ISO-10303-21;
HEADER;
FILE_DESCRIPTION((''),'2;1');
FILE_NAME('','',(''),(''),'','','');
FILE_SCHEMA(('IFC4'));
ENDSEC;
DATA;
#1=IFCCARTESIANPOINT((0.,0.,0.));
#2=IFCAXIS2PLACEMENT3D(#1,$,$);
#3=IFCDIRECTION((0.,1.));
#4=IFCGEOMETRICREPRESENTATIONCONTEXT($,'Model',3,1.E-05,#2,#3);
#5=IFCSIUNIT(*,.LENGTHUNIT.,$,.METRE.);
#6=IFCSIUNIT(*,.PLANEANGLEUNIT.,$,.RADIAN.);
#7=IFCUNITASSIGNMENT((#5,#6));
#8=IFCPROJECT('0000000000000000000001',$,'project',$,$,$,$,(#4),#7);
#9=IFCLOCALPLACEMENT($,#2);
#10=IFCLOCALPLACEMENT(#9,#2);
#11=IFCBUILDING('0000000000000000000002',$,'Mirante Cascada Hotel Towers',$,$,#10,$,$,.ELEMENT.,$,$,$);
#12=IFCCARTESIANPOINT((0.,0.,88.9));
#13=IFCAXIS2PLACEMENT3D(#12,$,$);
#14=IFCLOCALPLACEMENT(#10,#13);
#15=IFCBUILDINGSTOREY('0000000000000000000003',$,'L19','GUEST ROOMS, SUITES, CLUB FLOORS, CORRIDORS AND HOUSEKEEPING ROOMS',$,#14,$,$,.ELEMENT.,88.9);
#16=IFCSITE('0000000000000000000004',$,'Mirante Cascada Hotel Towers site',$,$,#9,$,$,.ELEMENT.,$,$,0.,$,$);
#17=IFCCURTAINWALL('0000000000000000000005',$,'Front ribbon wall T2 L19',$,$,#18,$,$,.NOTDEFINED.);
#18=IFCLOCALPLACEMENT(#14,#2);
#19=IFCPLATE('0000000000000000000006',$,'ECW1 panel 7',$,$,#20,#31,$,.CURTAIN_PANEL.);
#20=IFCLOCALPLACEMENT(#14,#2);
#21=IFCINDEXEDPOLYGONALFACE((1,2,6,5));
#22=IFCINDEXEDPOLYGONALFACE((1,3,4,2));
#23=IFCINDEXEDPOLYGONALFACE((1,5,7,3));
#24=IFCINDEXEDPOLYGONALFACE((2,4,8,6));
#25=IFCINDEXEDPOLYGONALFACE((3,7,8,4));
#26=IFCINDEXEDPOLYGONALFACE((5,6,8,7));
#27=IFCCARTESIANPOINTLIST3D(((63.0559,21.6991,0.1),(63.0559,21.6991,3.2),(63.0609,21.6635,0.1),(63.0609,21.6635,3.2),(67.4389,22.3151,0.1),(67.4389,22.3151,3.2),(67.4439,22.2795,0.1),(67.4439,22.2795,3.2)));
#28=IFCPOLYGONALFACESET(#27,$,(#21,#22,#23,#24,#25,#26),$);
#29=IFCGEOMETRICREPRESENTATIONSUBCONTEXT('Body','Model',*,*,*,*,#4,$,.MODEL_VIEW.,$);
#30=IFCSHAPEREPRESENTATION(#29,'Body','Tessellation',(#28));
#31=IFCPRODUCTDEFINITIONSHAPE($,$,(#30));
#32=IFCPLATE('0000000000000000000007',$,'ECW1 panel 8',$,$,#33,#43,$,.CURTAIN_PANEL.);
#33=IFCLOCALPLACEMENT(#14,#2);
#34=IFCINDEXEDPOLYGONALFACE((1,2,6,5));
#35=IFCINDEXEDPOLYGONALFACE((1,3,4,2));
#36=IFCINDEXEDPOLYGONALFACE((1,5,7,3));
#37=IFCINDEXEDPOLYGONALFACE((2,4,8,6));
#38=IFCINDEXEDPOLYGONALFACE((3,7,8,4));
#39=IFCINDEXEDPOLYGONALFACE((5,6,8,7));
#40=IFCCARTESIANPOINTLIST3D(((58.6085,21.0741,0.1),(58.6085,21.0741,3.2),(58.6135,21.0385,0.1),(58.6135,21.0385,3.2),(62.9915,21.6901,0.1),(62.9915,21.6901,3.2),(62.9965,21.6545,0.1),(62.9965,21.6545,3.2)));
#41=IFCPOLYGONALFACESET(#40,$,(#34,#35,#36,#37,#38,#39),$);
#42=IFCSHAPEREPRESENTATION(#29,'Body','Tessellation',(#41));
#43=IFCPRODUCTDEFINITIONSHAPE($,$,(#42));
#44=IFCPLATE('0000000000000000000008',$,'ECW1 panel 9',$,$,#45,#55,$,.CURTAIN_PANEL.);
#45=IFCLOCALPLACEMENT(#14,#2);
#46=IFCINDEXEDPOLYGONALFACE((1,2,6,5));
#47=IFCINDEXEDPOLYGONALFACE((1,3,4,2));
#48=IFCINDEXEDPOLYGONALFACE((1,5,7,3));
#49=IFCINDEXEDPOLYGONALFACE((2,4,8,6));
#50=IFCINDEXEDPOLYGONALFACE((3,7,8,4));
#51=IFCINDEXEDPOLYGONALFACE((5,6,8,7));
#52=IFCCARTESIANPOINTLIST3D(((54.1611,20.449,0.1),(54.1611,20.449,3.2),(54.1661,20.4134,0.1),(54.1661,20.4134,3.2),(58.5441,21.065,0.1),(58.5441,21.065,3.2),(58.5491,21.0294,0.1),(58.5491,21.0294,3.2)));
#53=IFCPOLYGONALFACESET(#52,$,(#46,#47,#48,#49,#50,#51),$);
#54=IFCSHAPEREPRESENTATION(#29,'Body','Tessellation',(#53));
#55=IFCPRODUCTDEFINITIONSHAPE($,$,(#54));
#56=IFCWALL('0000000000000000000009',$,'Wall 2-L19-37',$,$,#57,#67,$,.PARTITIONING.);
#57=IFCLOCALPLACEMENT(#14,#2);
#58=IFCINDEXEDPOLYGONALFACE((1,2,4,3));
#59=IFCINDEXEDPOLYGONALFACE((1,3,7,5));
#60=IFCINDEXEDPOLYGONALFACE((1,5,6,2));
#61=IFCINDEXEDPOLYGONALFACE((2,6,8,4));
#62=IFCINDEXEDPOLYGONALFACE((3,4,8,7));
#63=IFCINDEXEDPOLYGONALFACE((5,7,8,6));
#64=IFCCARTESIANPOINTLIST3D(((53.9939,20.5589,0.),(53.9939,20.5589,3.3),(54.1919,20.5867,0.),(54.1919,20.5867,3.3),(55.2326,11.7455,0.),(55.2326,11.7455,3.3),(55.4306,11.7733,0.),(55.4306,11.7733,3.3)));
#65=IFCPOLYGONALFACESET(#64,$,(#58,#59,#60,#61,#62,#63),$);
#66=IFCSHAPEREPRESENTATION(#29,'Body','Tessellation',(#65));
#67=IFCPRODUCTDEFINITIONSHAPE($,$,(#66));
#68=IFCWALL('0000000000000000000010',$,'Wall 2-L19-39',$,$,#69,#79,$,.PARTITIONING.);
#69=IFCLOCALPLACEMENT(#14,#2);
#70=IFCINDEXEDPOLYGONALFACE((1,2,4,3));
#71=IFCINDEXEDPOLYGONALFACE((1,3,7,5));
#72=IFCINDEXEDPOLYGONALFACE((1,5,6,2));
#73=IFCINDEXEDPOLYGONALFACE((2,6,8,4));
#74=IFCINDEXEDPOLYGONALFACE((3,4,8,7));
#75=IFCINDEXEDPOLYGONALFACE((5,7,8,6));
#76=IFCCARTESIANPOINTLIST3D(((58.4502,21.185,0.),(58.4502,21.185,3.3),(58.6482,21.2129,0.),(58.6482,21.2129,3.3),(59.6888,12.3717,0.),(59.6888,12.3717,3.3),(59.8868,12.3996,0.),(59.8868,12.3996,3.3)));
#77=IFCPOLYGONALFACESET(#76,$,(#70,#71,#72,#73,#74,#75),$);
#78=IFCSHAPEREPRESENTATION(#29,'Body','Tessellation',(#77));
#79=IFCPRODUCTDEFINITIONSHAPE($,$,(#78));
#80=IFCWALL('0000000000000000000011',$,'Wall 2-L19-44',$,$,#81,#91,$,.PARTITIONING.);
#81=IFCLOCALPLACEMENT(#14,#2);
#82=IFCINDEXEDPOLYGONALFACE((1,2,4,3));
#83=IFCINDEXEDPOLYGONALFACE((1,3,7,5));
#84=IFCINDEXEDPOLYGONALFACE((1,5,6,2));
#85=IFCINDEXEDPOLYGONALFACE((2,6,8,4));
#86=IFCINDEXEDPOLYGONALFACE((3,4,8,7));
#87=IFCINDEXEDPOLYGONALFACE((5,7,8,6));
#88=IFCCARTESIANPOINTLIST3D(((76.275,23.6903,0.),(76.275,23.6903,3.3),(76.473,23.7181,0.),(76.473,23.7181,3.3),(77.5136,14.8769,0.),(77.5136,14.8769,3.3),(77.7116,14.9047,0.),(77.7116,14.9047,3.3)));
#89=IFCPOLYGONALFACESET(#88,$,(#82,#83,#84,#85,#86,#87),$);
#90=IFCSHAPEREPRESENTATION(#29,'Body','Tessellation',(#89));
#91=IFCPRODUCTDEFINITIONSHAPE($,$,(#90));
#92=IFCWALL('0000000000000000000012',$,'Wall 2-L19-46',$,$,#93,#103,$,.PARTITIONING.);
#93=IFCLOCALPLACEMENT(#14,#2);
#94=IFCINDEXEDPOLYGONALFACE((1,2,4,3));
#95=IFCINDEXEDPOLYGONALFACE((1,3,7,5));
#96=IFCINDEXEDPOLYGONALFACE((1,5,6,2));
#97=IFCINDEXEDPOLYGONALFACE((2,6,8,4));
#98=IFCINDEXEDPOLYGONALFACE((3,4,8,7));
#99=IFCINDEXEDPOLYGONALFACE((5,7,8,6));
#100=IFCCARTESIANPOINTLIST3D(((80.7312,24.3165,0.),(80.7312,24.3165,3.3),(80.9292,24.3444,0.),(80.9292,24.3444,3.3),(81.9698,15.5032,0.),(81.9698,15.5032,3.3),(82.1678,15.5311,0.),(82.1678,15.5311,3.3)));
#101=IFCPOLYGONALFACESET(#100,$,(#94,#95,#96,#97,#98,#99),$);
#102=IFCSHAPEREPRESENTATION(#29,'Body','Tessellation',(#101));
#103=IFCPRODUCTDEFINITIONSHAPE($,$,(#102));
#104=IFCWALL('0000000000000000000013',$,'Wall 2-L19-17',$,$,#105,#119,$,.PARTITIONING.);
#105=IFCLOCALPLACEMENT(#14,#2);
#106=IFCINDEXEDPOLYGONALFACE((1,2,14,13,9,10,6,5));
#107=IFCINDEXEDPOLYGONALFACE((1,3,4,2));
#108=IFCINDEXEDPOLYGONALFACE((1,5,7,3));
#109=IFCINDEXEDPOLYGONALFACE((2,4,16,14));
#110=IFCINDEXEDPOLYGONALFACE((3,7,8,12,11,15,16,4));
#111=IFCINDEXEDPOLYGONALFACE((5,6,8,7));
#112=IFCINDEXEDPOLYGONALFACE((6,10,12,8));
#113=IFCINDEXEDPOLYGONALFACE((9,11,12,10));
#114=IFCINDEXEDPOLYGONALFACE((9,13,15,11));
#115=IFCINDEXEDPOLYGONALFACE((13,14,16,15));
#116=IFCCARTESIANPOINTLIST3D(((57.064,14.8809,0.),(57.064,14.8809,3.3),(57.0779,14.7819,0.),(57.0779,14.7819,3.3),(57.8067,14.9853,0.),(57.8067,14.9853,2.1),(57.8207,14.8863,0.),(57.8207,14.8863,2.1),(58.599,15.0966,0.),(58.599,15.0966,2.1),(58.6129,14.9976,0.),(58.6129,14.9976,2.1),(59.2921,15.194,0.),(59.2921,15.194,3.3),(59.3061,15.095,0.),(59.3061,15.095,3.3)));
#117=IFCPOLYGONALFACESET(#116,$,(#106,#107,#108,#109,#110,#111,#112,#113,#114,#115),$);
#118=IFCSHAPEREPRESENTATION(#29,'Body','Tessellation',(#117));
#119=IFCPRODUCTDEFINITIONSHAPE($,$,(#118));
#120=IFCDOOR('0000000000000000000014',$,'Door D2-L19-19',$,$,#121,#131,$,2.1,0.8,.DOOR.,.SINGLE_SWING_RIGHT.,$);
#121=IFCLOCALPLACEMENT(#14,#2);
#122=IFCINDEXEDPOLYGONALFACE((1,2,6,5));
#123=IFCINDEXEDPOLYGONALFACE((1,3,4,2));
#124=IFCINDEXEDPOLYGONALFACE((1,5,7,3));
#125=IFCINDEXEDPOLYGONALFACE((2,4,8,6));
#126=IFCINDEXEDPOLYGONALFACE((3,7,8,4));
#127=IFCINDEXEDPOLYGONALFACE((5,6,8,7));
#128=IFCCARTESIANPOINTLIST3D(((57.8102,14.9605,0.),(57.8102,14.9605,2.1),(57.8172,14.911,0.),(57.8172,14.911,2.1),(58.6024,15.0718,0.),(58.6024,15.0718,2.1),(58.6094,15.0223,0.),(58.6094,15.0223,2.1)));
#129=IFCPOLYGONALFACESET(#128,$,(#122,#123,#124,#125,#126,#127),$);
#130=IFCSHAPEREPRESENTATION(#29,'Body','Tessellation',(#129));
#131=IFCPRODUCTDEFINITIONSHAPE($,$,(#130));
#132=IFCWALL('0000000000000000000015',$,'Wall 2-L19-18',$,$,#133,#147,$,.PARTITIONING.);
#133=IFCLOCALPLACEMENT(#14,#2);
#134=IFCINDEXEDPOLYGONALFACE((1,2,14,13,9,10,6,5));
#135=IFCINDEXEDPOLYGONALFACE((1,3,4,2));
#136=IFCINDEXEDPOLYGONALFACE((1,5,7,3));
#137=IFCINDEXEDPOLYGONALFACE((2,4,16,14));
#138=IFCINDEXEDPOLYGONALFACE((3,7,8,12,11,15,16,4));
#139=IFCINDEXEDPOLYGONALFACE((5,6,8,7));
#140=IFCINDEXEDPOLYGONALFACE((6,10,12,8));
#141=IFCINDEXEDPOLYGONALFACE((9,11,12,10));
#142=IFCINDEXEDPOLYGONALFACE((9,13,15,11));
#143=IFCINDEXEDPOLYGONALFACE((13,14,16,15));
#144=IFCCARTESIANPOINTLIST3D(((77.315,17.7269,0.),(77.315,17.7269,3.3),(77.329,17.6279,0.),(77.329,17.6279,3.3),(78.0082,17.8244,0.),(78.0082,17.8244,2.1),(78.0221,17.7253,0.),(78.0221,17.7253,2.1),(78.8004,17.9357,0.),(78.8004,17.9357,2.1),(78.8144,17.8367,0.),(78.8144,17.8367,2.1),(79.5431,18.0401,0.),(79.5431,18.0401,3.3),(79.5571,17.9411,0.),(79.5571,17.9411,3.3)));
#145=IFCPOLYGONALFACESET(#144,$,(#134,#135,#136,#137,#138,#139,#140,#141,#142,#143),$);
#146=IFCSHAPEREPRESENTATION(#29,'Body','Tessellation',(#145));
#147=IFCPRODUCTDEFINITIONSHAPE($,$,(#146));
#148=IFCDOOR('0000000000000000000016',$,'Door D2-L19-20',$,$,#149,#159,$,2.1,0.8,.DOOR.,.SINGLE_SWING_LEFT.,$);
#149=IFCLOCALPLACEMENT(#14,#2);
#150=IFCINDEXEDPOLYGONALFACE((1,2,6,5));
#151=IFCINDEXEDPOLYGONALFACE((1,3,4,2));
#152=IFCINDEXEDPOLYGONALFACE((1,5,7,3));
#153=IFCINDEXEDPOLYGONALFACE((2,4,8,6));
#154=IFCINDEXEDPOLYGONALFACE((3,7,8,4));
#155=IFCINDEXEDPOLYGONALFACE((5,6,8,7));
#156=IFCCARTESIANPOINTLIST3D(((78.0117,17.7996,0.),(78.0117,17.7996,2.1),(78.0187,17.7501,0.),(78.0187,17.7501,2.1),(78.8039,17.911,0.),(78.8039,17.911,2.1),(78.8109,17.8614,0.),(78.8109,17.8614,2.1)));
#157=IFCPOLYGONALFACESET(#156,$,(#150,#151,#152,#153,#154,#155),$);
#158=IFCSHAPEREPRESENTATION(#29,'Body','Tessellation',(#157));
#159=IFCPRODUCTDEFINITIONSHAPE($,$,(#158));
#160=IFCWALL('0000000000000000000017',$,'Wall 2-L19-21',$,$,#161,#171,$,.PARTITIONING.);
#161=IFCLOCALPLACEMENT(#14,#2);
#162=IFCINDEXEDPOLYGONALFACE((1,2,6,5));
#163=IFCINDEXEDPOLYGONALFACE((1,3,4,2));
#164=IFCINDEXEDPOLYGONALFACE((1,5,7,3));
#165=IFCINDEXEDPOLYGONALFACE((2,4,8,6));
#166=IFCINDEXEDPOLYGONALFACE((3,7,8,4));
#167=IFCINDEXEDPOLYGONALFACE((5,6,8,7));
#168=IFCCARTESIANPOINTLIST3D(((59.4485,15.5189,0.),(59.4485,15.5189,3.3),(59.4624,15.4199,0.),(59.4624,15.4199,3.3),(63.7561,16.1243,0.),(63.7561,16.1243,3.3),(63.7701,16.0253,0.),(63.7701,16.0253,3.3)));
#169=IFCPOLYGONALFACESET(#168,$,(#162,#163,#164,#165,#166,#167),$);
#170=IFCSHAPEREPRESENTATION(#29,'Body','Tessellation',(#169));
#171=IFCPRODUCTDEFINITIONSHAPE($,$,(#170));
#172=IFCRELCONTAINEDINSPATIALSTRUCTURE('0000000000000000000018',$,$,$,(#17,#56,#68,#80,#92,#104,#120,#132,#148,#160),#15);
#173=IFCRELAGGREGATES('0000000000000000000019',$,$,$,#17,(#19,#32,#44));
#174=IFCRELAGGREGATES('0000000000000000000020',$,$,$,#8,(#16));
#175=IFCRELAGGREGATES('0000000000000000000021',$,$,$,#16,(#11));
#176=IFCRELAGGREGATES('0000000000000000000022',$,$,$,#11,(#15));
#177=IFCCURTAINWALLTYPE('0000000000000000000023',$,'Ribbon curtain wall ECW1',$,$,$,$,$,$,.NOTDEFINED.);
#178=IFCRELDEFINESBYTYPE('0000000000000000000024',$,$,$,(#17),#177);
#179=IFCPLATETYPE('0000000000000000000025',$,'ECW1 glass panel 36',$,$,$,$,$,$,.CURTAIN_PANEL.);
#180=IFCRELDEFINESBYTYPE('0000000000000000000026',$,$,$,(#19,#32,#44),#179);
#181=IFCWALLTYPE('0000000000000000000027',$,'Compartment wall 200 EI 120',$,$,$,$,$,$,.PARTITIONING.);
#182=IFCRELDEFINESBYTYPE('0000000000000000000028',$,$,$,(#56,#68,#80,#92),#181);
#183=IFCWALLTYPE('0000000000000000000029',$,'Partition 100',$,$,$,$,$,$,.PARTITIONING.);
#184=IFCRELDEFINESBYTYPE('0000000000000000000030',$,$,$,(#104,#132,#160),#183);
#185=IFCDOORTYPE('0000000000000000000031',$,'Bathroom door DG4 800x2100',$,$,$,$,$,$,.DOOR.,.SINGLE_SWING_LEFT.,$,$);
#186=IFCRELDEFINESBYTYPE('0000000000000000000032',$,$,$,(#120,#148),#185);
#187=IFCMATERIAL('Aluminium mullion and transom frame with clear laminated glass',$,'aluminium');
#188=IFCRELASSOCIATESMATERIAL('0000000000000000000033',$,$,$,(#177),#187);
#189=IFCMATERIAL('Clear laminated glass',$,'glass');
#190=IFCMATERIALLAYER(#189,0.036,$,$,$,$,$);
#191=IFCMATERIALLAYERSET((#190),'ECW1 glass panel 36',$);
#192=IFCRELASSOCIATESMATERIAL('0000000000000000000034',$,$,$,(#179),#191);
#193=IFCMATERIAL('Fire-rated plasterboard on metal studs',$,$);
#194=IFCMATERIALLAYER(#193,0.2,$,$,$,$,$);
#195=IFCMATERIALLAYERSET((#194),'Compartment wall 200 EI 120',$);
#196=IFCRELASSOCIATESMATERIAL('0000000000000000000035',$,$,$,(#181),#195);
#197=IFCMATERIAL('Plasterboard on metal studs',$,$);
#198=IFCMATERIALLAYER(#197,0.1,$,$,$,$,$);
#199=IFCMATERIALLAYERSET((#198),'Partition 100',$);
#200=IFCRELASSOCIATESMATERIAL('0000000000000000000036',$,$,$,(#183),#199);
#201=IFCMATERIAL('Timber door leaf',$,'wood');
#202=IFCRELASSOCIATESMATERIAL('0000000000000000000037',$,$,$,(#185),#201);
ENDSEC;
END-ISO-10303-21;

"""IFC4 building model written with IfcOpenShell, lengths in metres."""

from ifc_helpers import new_model, si_unit, direction, frame, frame_2d, origin, origin_2d, place, context, subcontext, project, spatial, rectangle, extrude, material, layer, layer_set, type_object, element, fill, aggregate, save


model = new_model("IFC4")

# Units and contexts
model_context = context("Model", 3, precision=1e-05, world=origin(), true_north=direction((0.0, 1.0)))
body_context = subcontext(model_context, "Body", "Model", "MODEL_VIEW")
ifc_project = project(units=[si_unit("LENGTHUNIT", "METRE"), si_unit("PLANEANGLEUNIT", "RADIAN")], contexts=[model_context])

# Site, building, storey
site_placement = place(None, origin())
site = spatial("IfcSite", under=ifc_project, at=site_placement, Name="Mirante Cascada Hotel Towers site", CompositionType="ELEMENT", RefElevation=0.0)
building_placement = place(site_placement, origin())
building = spatial("IfcBuilding", under=site, at=building_placement, Name="Mirante Cascada Hotel Towers", CompositionType="ELEMENT")
storey_placement = place(building_placement, frame((0.0, 0.0, 88.9)))
storey = spatial("IfcBuildingStorey", under=building, at=storey_placement, Name="L19", Description="GUEST ROOMS, SUITES, CLUB FLOORS, CORRIDORS AND HOUSEKEEPING ROOMS", CompositionType="ELEMENT", Elevation=88.9)

# Curtain wall, plates
ifc_material_1 = material(Name="Aluminium mullion and transom frame with clear laminated glass", Category="aluminium")
curtain_wall_type = type_object("IfcCurtainWallType", Name="Ribbon curtain wall ECW1", PredefinedType="NOTDEFINED", material=ifc_material_1)
curtain_wall_placement = place(storey_placement, origin())
curtain_wall = element("IfcCurtainWall", 1, at=curtain_wall_placement, inside=storey, type_object=curtain_wall_type, Name="Front ribbon wall T2 L19", PredefinedType="NOTDEFINED")
ifc_material_2 = material(Name="Clear laminated glass", Category="glass")
ifc_layer_1 = layer(ifc_material_2, 0.036)
ifc_layer_set_1 = layer_set([ifc_layer_1], Name="ECW1 glass panel 36")
plate_type = type_object("IfcPlateType", Name="ECW1 glass panel 36", PredefinedType="CURTAIN_PANEL", material=ifc_layer_set_1)
plate_1_placement = place(storey_placement, frame((65.2499, 21.9893, 0.1), z_axis=(0.0, 0.0, 1.0), x_axis=(-0.990268, -0.139173, 0.0)))
plate_1 = element("IfcPlate", 2, at=plate_1_placement, type_object=plate_type, Name="ECW1 panel 7", PredefinedType="CURTAIN_PANEL", context=body_context, shape_type="SweptSolid", body=[
    extrude(rectangle(XDim=4.4261, YDim=0.036, at=origin_2d()), origin(), (0.0, 0.0, 1.0), 3.1),
])
plate_2_placement = place(storey_placement, frame((60.8025, 21.3643, 0.1), z_axis=(0.0, 0.0, 1.0), x_axis=(-0.990268, -0.139173, 0.0)))
plate_2 = element("IfcPlate", 3, at=plate_2_placement, type_object=plate_type, Name="ECW1 panel 8", PredefinedType="CURTAIN_PANEL", context=body_context, shape_type="SweptSolid", body=[
    extrude(rectangle(XDim=4.4261, YDim=0.036, at=origin_2d()), origin(), (0.0, 0.0, 1.0), 3.1),
])
plate_3_placement = place(storey_placement, frame((56.3551, 20.7392, 0.1), z_axis=(0.0, 0.0, 1.0), x_axis=(-0.990268, -0.139173, 0.0)))
plate_3 = element("IfcPlate", 4, at=plate_3_placement, type_object=plate_type, Name="ECW1 panel 9", PredefinedType="CURTAIN_PANEL", context=body_context, shape_type="SweptSolid", body=[
    extrude(rectangle(XDim=4.4261, YDim=0.036, at=origin_2d()), origin(), (0.0, 0.0, 1.0), 3.1),
])
aggregate(curtain_wall, [plate_1, plate_2, plate_3])

# Walls
ifc_material_3 = material(Name="Fire-rated plasterboard on metal studs")
ifc_layer_2 = layer(ifc_material_3, 0.2)
ifc_layer_set_2 = layer_set([ifc_layer_2], Name="Compartment wall 200 EI 120")
wall_type_1 = type_object("IfcWallType", Name="Compartment wall 200 EI 120", PredefinedType="PARTITIONING", material=ifc_layer_set_2)
wall_1_placement = place(storey_placement, frame((54.0929, 20.5728, 0.0), z_axis=(0.0, 0.0, 1.0), x_axis=(0.139179, -0.990267, 0.0)))
element("IfcWall", 5, at=wall_1_placement, inside=storey, type_object=wall_type_1, Name="Wall 2-L19-37", PredefinedType="PARTITIONING", context=body_context, shape_type="SweptSolid", body=[
    extrude(rectangle(XDim=8.9, YDim=0.2, at=frame_2d((4.45, 0.0))), origin(), (0.0, 0.0, 1.0), 3.3),
])
wall_2_placement = place(storey_placement, frame((58.5492, 21.199, 0.0), z_axis=(0.0, 0.0, 1.0), x_axis=(0.13917, -0.990268, 0.0)))
element("IfcWall", 6, at=wall_2_placement, inside=storey, type_object=wall_type_1, Name="Wall 2-L19-39", PredefinedType="PARTITIONING", context=body_context, shape_type="SweptSolid", body=[
    extrude(rectangle(XDim=8.8999, YDim=0.2, at=frame_2d((4.45, 0.0))), origin(), (0.0, 0.0, 1.0), 3.3),
])
wall_3_placement = place(storey_placement, frame((77.6126, 14.8908, 0.0), z_axis=(0.0, 0.0, 1.0), x_axis=(-0.139168, 0.990269, 0.0)))
element("IfcWall", 7, at=wall_3_placement, inside=storey, type_object=wall_type_1, Name="Wall 2-L19-44", PredefinedType="PARTITIONING", context=body_context, shape_type="SweptSolid", body=[
    extrude(rectangle(XDim=8.9, YDim=0.2, at=frame_2d((4.45, 0.0))), origin(), (0.0, 0.0, 1.0), 3.3),
])
wall_4_placement = place(storey_placement, frame((82.0688, 15.5171, 0.0), z_axis=(0.0, 0.0, 1.0), x_axis=(-0.13917, 0.990268, 0.0)))
element("IfcWall", 8, at=wall_4_placement, inside=storey, type_object=wall_type_1, Name="Wall 2-L19-46", PredefinedType="PARTITIONING", context=body_context, shape_type="SweptSolid", body=[
    extrude(rectangle(XDim=8.8999, YDim=0.2, at=frame_2d((4.45, 0.0))), origin(), (0.0, 0.0, 1.0), 3.3),
])

# Walls, openings, doors
ifc_material_4 = material(Name="Plasterboard on metal studs")
ifc_layer_3 = layer(ifc_material_4, 0.1)
ifc_layer_set_3 = layer_set([ifc_layer_3], Name="Partition 100")
wall_type_2 = type_object("IfcWallType", Name="Partition 100", PredefinedType="PARTITIONING", material=ifc_layer_set_3)
wall_5_placement = place(storey_placement, frame((59.2991, 15.1445, 0.0), z_axis=(0.0, 0.0, 1.0), x_axis=(-0.990271, -0.139156, 0.0)))
wall_5 = element("IfcWall", 9, at=wall_5_placement, inside=storey, type_object=wall_type_2, Name="Wall 2-L19-17", PredefinedType="PARTITIONING", context=body_context, shape_type="SweptSolid", body=[
    extrude(rectangle(XDim=2.25, YDim=0.1, at=frame_2d((1.125, 0.0))), origin(), (0.0, 0.0, 1.0), 3.3),
])
opening_1_placement = place(wall_5_placement, frame((0.7, 0.0, 0.0)))
opening_1 = element("IfcOpeningElement", 10, at=opening_1_placement, cuts=wall_5, PredefinedType="OPENING", context=body_context, shape_type="SweptSolid", body=[
    extrude(rectangle(XDim=0.8, YDim=2.1, at=frame_2d((0.4, 1.05))), frame((0.0, 0.05, 0.0), z_axis=(0.0, -1.0, 0.0), x_axis=(1.0, 0.0, 0.0)), (0.0, 0.0, 1.0), 0.1),
])
ifc_material_5 = material(Name="Timber door leaf", Category="wood")
door_type_1 = type_object("IfcDoorType", Name="Bathroom door DG4 800x2100", OperationType="SINGLE_SWING_LEFT", PredefinedType="DOOR", material=ifc_material_5)
door_1_placement = place(opening_1_placement, frame((0.8, 0.0, 0.0), z_axis=(0.0, 0.0, 1.0), x_axis=(-1.0, 0.0, 0.0)))
door_1 = element("IfcDoor", 11, at=door_1_placement, inside=storey, type_object=door_type_1, Name="Door D2-L19-19", OperationType="SINGLE_SWING_RIGHT", OverallHeight=2.1, OverallWidth=0.8, PredefinedType="DOOR", context=body_context, shape_type="SweptSolid", body=[
    extrude(rectangle(XDim=0.8, YDim=2.1, at=frame_2d((0.4, 1.05))), frame((0.0, 0.025, 0.0), z_axis=(0.0, -1.0, 0.0), x_axis=(1.0, 0.0, 0.0)), (0.0, 0.0, 1.0), 0.05),
])
fill(opening_1, door_1)
wall_6_placement = place(storey_placement, frame((77.322, 17.6774, 0.0), z_axis=(0.0, 0.0, 1.0), x_axis=(0.990264, 0.1392, 0.0)))
wall_6 = element("IfcWall", 12, at=wall_6_placement, inside=storey, type_object=wall_type_2, Name="Wall 2-L19-18", PredefinedType="PARTITIONING", context=body_context, shape_type="SweptSolid", body=[
    extrude(rectangle(XDim=2.25, YDim=0.1, at=frame_2d((1.125, 0.0))), origin(), (0.0, 0.0, 1.0), 3.3),
])
opening_2_placement = place(wall_6_placement, frame((0.7, 0.0, 0.0)))
opening_2 = element("IfcOpeningElement", 13, at=opening_2_placement, cuts=wall_6, PredefinedType="OPENING", context=body_context, shape_type="SweptSolid", body=[
    extrude(rectangle(XDim=0.8, YDim=2.1, at=frame_2d((0.4, 1.05))), frame((0.0, 0.05, 0.0), z_axis=(0.0, -1.0, 0.0), x_axis=(1.0, 0.0, 0.0)), (0.0, 0.0, 1.0), 0.1),
])
door_2_placement = place(opening_2_placement, origin())
door_2 = element("IfcDoor", 14, at=door_2_placement, inside=storey, type_object=door_type_1, Name="Door D2-L19-20", OperationType="SINGLE_SWING_LEFT", OverallHeight=2.1, OverallWidth=0.8, PredefinedType="DOOR", context=body_context, shape_type="SweptSolid", body=[
    extrude(rectangle(XDim=0.8, YDim=2.1, at=frame_2d((0.4, 1.05))), frame((0.0, 0.025, 0.0), z_axis=(0.0, -1.0, 0.0), x_axis=(1.0, 0.0, 0.0)), (0.0, 0.0, 1.0), 0.05),
])
fill(opening_2, door_2)

# Wall
wall_7_placement = place(storey_placement, frame((63.7631, 16.0748, 0.0), z_axis=(0.0, 0.0, 1.0), x_axis=(-0.990268, -0.139171, 0.0)))
element("IfcWall", 15, at=wall_7_placement, inside=storey, type_object=wall_type_2, Name="Wall 2-L19-21", PredefinedType="PARTITIONING", context=body_context, shape_type="SweptSolid", body=[
    extrude(rectangle(XDim=4.35, YDim=0.1, at=frame_2d((2.175, 0.0))), origin(), (0.0, 0.0, 1.0), 3.3),
])

save(model, "model.ifc")
